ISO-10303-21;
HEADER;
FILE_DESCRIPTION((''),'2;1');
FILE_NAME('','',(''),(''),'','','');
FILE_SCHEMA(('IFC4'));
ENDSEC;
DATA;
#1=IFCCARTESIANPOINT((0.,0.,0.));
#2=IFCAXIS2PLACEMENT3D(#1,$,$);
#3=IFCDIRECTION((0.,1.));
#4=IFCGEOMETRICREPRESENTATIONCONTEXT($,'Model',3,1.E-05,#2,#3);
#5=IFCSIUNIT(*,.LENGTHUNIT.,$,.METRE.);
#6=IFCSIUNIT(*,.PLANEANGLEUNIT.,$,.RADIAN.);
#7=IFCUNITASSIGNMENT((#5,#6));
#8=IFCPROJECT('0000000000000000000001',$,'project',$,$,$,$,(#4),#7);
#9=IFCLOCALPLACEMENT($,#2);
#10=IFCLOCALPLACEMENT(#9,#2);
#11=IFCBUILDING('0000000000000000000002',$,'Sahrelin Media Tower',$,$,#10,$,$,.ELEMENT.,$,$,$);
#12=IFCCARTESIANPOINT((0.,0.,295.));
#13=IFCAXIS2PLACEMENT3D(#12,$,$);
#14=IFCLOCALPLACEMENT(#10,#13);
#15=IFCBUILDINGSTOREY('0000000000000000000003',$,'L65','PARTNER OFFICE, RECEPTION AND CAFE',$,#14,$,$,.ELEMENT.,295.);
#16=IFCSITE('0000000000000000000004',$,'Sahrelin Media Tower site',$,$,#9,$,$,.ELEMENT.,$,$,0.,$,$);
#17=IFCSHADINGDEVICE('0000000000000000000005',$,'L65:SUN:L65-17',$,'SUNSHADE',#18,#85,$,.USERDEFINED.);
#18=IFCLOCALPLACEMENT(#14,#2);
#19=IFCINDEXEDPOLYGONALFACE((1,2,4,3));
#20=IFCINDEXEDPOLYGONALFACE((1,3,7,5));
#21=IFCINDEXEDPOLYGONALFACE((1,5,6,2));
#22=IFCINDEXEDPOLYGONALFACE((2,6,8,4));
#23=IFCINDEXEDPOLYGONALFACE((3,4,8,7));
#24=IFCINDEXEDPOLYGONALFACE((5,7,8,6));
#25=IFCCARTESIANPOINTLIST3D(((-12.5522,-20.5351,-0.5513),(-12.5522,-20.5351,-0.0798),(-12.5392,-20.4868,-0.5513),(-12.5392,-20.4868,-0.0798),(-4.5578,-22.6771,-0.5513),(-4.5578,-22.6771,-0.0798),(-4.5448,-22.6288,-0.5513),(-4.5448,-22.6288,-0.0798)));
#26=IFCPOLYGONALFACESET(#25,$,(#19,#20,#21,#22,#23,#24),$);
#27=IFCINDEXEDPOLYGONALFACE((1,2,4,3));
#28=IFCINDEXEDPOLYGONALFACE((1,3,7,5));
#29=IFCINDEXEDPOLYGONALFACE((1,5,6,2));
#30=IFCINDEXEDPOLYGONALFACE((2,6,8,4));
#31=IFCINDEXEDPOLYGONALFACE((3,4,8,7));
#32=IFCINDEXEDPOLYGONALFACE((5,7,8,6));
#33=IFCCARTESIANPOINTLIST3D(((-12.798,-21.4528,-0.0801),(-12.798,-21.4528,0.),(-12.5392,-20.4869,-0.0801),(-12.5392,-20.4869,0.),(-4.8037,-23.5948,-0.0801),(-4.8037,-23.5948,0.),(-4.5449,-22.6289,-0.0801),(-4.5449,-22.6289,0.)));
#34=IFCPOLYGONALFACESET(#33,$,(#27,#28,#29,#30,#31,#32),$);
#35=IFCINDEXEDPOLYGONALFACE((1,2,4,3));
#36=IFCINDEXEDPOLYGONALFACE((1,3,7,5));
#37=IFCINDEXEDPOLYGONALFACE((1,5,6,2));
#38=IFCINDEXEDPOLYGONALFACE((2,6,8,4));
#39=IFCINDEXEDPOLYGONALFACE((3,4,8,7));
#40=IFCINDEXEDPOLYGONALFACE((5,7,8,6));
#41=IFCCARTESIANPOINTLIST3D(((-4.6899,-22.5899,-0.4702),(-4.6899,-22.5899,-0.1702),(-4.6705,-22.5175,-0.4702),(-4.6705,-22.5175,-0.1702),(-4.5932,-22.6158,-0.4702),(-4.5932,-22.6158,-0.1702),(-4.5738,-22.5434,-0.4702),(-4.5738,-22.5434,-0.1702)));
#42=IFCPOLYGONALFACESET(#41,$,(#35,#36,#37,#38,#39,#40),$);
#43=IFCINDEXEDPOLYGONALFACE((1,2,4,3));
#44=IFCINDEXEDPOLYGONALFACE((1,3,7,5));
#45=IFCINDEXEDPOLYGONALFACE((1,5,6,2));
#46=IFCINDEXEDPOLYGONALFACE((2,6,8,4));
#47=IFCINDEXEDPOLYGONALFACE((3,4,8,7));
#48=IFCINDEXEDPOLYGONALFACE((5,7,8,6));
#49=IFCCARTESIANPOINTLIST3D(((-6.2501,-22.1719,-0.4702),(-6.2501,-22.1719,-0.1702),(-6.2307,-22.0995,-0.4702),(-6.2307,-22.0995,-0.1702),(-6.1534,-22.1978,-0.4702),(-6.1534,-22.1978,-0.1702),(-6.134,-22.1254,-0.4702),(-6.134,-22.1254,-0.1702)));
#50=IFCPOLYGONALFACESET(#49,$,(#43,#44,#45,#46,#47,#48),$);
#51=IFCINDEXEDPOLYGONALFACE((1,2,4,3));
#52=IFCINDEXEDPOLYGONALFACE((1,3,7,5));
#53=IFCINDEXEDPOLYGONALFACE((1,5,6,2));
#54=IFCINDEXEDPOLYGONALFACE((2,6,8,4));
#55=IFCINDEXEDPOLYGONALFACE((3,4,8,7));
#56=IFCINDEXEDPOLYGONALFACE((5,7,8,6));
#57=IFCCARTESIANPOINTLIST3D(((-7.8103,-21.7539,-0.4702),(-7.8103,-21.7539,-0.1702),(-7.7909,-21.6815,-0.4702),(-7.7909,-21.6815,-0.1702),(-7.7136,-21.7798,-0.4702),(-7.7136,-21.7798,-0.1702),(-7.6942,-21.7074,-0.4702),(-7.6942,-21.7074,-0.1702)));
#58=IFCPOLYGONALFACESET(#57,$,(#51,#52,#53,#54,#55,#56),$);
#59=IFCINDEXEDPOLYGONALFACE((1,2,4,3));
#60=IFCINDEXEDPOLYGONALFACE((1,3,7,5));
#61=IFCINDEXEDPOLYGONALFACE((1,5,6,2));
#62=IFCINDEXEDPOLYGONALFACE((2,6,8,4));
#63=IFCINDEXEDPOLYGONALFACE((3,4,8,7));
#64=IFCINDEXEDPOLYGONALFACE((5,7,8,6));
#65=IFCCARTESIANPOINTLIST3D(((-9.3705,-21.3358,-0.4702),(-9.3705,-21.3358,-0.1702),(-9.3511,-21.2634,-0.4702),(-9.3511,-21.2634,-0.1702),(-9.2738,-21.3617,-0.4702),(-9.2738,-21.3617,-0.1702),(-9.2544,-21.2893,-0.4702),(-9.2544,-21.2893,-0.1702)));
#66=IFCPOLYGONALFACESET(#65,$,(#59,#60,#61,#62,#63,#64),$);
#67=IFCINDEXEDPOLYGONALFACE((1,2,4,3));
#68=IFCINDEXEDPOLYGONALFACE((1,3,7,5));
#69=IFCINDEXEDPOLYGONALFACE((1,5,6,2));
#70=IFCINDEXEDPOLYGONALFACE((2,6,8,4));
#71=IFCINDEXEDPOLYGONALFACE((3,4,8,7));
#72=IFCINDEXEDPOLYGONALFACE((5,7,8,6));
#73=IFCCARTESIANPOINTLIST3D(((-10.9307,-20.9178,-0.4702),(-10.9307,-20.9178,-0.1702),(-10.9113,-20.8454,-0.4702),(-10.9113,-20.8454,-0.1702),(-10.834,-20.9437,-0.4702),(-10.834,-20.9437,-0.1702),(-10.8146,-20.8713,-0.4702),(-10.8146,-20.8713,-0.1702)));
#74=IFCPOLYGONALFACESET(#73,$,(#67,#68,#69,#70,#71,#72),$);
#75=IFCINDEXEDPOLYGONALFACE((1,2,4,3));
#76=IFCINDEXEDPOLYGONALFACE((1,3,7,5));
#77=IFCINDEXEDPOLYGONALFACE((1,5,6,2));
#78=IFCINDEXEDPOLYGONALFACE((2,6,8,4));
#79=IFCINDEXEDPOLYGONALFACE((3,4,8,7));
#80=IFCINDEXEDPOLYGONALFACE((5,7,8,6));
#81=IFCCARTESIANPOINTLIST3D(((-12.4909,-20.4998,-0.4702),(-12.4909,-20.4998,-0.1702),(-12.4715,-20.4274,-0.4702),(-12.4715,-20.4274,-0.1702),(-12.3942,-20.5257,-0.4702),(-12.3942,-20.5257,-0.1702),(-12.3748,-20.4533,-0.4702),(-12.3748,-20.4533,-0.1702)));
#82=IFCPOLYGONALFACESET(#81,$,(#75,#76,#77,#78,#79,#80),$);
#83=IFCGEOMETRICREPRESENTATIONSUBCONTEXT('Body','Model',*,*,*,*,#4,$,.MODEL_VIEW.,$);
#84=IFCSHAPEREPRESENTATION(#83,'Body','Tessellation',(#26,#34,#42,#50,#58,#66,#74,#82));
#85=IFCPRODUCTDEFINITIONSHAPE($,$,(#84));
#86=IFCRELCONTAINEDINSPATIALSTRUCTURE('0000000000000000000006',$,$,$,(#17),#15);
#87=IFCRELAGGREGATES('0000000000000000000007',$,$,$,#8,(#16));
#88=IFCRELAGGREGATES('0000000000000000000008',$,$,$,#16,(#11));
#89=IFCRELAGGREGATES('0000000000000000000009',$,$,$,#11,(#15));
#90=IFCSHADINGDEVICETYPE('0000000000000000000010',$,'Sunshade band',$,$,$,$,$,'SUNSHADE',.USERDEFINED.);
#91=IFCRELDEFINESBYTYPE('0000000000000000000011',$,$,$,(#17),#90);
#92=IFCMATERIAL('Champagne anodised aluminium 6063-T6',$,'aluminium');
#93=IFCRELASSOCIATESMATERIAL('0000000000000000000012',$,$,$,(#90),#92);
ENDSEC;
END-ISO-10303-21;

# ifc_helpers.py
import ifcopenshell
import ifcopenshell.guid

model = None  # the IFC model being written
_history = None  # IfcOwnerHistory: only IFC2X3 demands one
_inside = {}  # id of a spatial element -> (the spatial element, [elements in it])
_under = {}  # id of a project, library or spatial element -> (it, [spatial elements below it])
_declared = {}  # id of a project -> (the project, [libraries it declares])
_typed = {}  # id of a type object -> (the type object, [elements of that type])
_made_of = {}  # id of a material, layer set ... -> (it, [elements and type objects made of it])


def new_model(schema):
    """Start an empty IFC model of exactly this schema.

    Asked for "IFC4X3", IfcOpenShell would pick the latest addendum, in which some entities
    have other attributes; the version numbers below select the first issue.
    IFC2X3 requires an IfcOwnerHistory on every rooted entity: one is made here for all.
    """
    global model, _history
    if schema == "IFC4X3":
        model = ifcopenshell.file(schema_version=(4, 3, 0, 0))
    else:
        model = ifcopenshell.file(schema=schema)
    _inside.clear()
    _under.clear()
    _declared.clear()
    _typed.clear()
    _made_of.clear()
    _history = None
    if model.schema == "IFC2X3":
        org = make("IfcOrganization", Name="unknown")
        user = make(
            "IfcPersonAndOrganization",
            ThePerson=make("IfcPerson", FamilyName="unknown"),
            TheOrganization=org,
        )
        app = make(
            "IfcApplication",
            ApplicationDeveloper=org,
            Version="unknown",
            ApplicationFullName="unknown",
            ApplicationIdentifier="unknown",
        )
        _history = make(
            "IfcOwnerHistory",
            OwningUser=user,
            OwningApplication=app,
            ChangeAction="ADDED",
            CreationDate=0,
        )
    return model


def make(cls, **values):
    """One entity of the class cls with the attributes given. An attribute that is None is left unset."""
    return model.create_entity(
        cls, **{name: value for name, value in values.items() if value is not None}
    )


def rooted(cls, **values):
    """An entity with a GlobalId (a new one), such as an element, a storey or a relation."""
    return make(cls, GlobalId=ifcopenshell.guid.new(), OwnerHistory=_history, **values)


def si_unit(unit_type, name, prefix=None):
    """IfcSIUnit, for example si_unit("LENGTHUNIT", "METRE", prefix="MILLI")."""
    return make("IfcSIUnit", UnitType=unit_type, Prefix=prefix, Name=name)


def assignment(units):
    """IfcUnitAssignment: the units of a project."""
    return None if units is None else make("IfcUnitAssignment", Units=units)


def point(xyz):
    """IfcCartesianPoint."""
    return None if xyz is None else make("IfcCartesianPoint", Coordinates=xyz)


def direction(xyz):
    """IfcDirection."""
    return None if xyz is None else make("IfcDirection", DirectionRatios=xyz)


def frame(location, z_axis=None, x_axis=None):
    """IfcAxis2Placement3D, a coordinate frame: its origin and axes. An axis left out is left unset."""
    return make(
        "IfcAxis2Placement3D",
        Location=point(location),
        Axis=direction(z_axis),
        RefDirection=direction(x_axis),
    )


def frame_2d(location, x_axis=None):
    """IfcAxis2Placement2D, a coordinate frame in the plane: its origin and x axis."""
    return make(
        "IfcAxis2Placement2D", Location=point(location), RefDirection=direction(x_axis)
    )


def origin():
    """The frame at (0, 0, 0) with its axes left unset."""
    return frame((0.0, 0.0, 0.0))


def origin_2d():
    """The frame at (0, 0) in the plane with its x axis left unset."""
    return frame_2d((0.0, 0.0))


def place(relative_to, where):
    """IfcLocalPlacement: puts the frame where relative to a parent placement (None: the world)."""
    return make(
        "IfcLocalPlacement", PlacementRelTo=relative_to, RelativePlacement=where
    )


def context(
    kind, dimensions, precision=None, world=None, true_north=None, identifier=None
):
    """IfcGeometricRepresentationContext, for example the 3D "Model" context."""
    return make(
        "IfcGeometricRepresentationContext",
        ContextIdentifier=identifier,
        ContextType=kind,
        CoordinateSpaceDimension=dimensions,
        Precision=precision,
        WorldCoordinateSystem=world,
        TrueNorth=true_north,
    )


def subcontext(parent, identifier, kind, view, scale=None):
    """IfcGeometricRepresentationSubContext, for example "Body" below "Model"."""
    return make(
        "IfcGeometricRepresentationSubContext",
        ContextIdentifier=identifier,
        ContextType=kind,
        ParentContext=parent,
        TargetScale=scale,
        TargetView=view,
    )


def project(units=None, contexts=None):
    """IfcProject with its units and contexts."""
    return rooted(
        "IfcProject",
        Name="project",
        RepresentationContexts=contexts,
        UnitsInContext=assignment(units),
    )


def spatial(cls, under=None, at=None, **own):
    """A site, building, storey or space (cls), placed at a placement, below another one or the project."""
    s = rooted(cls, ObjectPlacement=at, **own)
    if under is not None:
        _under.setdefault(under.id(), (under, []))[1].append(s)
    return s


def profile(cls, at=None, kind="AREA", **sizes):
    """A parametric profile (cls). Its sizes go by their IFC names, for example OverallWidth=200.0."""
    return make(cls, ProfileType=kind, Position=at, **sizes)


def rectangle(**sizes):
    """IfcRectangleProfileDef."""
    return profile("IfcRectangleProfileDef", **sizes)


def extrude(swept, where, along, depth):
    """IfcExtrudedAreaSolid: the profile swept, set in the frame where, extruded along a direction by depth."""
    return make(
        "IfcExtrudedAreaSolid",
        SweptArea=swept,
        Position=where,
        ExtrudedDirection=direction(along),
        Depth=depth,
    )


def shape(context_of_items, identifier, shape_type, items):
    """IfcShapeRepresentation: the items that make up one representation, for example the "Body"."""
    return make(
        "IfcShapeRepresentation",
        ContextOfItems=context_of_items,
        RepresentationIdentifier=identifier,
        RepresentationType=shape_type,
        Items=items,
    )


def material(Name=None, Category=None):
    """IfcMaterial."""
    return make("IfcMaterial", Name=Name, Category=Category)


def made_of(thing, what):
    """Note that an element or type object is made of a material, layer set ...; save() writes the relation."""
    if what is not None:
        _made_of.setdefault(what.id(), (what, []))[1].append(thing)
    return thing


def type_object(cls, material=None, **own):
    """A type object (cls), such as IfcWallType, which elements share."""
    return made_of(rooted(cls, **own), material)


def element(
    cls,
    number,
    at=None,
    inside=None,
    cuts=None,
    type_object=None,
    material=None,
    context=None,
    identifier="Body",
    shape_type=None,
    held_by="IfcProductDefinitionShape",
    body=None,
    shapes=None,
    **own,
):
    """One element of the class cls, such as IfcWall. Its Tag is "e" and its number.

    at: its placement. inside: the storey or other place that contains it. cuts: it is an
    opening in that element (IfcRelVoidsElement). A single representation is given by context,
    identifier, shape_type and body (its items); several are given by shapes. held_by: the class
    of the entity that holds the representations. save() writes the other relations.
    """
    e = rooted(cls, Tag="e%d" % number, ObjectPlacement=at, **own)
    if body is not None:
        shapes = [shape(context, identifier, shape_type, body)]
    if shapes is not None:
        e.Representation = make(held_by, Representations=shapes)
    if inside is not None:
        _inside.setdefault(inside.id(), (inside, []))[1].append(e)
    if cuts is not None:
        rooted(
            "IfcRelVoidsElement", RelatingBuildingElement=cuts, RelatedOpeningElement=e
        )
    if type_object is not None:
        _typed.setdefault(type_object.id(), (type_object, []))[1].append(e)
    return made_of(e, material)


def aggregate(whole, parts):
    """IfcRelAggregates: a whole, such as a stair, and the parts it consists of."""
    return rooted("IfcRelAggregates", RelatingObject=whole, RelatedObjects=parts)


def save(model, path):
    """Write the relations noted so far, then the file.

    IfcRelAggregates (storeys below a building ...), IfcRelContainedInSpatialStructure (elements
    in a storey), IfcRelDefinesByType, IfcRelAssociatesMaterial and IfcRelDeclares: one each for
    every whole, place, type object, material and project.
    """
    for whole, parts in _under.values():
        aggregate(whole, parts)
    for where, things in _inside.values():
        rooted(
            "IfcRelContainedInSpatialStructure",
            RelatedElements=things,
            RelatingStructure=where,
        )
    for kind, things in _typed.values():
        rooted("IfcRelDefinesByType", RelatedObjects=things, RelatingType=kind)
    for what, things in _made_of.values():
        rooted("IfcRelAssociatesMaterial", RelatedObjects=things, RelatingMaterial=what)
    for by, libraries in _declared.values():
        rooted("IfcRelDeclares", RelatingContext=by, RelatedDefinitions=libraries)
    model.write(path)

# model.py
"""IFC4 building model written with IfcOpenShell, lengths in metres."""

from ifc_helpers import new_model, si_unit, direction, frame, origin, origin_2d, place, context, subcontext, project, spatial, rectangle, extrude, material, type_object, element, save


model = new_model("IFC4")

# Units and contexts
model_context = context("Model", 3, precision=1e-05, world=origin(), true_north=direction((0.0, 1.0)))
body_context = subcontext(model_context, "Body", "Model", "MODEL_VIEW")
ifc_project = project(units=[si_unit("LENGTHUNIT", "METRE"), si_unit("PLANEANGLEUNIT", "RADIAN")], contexts=[model_context])

# Site, building, storey
site_placement = place(None, origin())
site = spatial("IfcSite", under=ifc_project, at=site_placement, Name="Sahrelin Media Tower site", CompositionType="ELEMENT", RefElevation=0.0)
building_placement = place(site_placement, origin())
building = spatial("IfcBuilding", under=site, at=building_placement, Name="Sahrelin Media Tower", CompositionType="ELEMENT")
storey_placement = place(building_placement, frame((0.0, 0.0, 295.0)))
storey = spatial("IfcBuildingStorey", under=building, at=storey_placement, Name="L65", Description="PARTNER OFFICE, RECEPTION AND CAFE", CompositionType="ELEMENT", Elevation=295.0)

# Shared definitions
ifc_material_1 = material(Name="Champagne anodised aluminium 6063-T6", Category="aluminium")

# Shading device
placement = place(storey_placement, frame((-8.5369, -21.5386, 0.0), z_axis=(0.0, 0.0, 1.0), x_axis=(-0.965929, 0.258808, 0.0)))
shading_device_type_1 = type_object("IfcShadingDeviceType", Name="Sunshade band", ElementType="SUNSHADE", PredefinedType="USERDEFINED", material=ifc_material_1)
element("IfcShadingDevice", 1, at=placement, inside=storey, type_object=shading_device_type_1, Name="L65:SUN:L65-17", ObjectType="SUNSHADE", PredefinedType="USERDEFINED", context=body_context, shape_type="SweptSolid", body=[
    extrude(rectangle(XDim=8.2764, YDim=0.05, at=origin_2d()), frame((0.0, 0.0449, -0.5513)), (0.0, 0.0, 1.0), 0.4714),
    extrude(rectangle(XDim=8.2764, YDim=1.0, at=origin_2d()), frame((0.0, 0.52, -0.0801)), (0.0, 0.0, 1.0), 0.0801),
    extrude(rectangle(XDim=0.1001, YDim=0.075, at=origin_2d()), frame((-4.0381, -0.0176, -0.4702)), (0.0, 0.0, 1.0), 0.3),
    extrude(rectangle(XDim=0.1001, YDim=0.075, at=origin_2d()), frame((-2.4229, -0.0176, -0.4702)), (0.0, 0.0, 1.0), 0.3),
    extrude(rectangle(XDim=0.1001, YDim=0.075, at=origin_2d()), frame((-0.8076, -0.0176, -0.4702)), (0.0, 0.0, 1.0), 0.3),
    extrude(rectangle(XDim=0.1001, YDim=0.075, at=origin_2d()), frame((0.8076, -0.0176, -0.4702)), (0.0, 0.0, 1.0), 0.3),
    extrude(rectangle(XDim=0.1001, YDim=0.075, at=origin_2d()), frame((2.4229, -0.0176, -0.4702)), (0.0, 0.0, 1.0), 0.3),
    extrude(rectangle(XDim=0.1001, YDim=0.075, at=origin_2d()), frame((4.0381, -0.0176, -0.4702)), (0.0, 0.0, 1.0), 0.3),
])

save(model, "model.ifc")
